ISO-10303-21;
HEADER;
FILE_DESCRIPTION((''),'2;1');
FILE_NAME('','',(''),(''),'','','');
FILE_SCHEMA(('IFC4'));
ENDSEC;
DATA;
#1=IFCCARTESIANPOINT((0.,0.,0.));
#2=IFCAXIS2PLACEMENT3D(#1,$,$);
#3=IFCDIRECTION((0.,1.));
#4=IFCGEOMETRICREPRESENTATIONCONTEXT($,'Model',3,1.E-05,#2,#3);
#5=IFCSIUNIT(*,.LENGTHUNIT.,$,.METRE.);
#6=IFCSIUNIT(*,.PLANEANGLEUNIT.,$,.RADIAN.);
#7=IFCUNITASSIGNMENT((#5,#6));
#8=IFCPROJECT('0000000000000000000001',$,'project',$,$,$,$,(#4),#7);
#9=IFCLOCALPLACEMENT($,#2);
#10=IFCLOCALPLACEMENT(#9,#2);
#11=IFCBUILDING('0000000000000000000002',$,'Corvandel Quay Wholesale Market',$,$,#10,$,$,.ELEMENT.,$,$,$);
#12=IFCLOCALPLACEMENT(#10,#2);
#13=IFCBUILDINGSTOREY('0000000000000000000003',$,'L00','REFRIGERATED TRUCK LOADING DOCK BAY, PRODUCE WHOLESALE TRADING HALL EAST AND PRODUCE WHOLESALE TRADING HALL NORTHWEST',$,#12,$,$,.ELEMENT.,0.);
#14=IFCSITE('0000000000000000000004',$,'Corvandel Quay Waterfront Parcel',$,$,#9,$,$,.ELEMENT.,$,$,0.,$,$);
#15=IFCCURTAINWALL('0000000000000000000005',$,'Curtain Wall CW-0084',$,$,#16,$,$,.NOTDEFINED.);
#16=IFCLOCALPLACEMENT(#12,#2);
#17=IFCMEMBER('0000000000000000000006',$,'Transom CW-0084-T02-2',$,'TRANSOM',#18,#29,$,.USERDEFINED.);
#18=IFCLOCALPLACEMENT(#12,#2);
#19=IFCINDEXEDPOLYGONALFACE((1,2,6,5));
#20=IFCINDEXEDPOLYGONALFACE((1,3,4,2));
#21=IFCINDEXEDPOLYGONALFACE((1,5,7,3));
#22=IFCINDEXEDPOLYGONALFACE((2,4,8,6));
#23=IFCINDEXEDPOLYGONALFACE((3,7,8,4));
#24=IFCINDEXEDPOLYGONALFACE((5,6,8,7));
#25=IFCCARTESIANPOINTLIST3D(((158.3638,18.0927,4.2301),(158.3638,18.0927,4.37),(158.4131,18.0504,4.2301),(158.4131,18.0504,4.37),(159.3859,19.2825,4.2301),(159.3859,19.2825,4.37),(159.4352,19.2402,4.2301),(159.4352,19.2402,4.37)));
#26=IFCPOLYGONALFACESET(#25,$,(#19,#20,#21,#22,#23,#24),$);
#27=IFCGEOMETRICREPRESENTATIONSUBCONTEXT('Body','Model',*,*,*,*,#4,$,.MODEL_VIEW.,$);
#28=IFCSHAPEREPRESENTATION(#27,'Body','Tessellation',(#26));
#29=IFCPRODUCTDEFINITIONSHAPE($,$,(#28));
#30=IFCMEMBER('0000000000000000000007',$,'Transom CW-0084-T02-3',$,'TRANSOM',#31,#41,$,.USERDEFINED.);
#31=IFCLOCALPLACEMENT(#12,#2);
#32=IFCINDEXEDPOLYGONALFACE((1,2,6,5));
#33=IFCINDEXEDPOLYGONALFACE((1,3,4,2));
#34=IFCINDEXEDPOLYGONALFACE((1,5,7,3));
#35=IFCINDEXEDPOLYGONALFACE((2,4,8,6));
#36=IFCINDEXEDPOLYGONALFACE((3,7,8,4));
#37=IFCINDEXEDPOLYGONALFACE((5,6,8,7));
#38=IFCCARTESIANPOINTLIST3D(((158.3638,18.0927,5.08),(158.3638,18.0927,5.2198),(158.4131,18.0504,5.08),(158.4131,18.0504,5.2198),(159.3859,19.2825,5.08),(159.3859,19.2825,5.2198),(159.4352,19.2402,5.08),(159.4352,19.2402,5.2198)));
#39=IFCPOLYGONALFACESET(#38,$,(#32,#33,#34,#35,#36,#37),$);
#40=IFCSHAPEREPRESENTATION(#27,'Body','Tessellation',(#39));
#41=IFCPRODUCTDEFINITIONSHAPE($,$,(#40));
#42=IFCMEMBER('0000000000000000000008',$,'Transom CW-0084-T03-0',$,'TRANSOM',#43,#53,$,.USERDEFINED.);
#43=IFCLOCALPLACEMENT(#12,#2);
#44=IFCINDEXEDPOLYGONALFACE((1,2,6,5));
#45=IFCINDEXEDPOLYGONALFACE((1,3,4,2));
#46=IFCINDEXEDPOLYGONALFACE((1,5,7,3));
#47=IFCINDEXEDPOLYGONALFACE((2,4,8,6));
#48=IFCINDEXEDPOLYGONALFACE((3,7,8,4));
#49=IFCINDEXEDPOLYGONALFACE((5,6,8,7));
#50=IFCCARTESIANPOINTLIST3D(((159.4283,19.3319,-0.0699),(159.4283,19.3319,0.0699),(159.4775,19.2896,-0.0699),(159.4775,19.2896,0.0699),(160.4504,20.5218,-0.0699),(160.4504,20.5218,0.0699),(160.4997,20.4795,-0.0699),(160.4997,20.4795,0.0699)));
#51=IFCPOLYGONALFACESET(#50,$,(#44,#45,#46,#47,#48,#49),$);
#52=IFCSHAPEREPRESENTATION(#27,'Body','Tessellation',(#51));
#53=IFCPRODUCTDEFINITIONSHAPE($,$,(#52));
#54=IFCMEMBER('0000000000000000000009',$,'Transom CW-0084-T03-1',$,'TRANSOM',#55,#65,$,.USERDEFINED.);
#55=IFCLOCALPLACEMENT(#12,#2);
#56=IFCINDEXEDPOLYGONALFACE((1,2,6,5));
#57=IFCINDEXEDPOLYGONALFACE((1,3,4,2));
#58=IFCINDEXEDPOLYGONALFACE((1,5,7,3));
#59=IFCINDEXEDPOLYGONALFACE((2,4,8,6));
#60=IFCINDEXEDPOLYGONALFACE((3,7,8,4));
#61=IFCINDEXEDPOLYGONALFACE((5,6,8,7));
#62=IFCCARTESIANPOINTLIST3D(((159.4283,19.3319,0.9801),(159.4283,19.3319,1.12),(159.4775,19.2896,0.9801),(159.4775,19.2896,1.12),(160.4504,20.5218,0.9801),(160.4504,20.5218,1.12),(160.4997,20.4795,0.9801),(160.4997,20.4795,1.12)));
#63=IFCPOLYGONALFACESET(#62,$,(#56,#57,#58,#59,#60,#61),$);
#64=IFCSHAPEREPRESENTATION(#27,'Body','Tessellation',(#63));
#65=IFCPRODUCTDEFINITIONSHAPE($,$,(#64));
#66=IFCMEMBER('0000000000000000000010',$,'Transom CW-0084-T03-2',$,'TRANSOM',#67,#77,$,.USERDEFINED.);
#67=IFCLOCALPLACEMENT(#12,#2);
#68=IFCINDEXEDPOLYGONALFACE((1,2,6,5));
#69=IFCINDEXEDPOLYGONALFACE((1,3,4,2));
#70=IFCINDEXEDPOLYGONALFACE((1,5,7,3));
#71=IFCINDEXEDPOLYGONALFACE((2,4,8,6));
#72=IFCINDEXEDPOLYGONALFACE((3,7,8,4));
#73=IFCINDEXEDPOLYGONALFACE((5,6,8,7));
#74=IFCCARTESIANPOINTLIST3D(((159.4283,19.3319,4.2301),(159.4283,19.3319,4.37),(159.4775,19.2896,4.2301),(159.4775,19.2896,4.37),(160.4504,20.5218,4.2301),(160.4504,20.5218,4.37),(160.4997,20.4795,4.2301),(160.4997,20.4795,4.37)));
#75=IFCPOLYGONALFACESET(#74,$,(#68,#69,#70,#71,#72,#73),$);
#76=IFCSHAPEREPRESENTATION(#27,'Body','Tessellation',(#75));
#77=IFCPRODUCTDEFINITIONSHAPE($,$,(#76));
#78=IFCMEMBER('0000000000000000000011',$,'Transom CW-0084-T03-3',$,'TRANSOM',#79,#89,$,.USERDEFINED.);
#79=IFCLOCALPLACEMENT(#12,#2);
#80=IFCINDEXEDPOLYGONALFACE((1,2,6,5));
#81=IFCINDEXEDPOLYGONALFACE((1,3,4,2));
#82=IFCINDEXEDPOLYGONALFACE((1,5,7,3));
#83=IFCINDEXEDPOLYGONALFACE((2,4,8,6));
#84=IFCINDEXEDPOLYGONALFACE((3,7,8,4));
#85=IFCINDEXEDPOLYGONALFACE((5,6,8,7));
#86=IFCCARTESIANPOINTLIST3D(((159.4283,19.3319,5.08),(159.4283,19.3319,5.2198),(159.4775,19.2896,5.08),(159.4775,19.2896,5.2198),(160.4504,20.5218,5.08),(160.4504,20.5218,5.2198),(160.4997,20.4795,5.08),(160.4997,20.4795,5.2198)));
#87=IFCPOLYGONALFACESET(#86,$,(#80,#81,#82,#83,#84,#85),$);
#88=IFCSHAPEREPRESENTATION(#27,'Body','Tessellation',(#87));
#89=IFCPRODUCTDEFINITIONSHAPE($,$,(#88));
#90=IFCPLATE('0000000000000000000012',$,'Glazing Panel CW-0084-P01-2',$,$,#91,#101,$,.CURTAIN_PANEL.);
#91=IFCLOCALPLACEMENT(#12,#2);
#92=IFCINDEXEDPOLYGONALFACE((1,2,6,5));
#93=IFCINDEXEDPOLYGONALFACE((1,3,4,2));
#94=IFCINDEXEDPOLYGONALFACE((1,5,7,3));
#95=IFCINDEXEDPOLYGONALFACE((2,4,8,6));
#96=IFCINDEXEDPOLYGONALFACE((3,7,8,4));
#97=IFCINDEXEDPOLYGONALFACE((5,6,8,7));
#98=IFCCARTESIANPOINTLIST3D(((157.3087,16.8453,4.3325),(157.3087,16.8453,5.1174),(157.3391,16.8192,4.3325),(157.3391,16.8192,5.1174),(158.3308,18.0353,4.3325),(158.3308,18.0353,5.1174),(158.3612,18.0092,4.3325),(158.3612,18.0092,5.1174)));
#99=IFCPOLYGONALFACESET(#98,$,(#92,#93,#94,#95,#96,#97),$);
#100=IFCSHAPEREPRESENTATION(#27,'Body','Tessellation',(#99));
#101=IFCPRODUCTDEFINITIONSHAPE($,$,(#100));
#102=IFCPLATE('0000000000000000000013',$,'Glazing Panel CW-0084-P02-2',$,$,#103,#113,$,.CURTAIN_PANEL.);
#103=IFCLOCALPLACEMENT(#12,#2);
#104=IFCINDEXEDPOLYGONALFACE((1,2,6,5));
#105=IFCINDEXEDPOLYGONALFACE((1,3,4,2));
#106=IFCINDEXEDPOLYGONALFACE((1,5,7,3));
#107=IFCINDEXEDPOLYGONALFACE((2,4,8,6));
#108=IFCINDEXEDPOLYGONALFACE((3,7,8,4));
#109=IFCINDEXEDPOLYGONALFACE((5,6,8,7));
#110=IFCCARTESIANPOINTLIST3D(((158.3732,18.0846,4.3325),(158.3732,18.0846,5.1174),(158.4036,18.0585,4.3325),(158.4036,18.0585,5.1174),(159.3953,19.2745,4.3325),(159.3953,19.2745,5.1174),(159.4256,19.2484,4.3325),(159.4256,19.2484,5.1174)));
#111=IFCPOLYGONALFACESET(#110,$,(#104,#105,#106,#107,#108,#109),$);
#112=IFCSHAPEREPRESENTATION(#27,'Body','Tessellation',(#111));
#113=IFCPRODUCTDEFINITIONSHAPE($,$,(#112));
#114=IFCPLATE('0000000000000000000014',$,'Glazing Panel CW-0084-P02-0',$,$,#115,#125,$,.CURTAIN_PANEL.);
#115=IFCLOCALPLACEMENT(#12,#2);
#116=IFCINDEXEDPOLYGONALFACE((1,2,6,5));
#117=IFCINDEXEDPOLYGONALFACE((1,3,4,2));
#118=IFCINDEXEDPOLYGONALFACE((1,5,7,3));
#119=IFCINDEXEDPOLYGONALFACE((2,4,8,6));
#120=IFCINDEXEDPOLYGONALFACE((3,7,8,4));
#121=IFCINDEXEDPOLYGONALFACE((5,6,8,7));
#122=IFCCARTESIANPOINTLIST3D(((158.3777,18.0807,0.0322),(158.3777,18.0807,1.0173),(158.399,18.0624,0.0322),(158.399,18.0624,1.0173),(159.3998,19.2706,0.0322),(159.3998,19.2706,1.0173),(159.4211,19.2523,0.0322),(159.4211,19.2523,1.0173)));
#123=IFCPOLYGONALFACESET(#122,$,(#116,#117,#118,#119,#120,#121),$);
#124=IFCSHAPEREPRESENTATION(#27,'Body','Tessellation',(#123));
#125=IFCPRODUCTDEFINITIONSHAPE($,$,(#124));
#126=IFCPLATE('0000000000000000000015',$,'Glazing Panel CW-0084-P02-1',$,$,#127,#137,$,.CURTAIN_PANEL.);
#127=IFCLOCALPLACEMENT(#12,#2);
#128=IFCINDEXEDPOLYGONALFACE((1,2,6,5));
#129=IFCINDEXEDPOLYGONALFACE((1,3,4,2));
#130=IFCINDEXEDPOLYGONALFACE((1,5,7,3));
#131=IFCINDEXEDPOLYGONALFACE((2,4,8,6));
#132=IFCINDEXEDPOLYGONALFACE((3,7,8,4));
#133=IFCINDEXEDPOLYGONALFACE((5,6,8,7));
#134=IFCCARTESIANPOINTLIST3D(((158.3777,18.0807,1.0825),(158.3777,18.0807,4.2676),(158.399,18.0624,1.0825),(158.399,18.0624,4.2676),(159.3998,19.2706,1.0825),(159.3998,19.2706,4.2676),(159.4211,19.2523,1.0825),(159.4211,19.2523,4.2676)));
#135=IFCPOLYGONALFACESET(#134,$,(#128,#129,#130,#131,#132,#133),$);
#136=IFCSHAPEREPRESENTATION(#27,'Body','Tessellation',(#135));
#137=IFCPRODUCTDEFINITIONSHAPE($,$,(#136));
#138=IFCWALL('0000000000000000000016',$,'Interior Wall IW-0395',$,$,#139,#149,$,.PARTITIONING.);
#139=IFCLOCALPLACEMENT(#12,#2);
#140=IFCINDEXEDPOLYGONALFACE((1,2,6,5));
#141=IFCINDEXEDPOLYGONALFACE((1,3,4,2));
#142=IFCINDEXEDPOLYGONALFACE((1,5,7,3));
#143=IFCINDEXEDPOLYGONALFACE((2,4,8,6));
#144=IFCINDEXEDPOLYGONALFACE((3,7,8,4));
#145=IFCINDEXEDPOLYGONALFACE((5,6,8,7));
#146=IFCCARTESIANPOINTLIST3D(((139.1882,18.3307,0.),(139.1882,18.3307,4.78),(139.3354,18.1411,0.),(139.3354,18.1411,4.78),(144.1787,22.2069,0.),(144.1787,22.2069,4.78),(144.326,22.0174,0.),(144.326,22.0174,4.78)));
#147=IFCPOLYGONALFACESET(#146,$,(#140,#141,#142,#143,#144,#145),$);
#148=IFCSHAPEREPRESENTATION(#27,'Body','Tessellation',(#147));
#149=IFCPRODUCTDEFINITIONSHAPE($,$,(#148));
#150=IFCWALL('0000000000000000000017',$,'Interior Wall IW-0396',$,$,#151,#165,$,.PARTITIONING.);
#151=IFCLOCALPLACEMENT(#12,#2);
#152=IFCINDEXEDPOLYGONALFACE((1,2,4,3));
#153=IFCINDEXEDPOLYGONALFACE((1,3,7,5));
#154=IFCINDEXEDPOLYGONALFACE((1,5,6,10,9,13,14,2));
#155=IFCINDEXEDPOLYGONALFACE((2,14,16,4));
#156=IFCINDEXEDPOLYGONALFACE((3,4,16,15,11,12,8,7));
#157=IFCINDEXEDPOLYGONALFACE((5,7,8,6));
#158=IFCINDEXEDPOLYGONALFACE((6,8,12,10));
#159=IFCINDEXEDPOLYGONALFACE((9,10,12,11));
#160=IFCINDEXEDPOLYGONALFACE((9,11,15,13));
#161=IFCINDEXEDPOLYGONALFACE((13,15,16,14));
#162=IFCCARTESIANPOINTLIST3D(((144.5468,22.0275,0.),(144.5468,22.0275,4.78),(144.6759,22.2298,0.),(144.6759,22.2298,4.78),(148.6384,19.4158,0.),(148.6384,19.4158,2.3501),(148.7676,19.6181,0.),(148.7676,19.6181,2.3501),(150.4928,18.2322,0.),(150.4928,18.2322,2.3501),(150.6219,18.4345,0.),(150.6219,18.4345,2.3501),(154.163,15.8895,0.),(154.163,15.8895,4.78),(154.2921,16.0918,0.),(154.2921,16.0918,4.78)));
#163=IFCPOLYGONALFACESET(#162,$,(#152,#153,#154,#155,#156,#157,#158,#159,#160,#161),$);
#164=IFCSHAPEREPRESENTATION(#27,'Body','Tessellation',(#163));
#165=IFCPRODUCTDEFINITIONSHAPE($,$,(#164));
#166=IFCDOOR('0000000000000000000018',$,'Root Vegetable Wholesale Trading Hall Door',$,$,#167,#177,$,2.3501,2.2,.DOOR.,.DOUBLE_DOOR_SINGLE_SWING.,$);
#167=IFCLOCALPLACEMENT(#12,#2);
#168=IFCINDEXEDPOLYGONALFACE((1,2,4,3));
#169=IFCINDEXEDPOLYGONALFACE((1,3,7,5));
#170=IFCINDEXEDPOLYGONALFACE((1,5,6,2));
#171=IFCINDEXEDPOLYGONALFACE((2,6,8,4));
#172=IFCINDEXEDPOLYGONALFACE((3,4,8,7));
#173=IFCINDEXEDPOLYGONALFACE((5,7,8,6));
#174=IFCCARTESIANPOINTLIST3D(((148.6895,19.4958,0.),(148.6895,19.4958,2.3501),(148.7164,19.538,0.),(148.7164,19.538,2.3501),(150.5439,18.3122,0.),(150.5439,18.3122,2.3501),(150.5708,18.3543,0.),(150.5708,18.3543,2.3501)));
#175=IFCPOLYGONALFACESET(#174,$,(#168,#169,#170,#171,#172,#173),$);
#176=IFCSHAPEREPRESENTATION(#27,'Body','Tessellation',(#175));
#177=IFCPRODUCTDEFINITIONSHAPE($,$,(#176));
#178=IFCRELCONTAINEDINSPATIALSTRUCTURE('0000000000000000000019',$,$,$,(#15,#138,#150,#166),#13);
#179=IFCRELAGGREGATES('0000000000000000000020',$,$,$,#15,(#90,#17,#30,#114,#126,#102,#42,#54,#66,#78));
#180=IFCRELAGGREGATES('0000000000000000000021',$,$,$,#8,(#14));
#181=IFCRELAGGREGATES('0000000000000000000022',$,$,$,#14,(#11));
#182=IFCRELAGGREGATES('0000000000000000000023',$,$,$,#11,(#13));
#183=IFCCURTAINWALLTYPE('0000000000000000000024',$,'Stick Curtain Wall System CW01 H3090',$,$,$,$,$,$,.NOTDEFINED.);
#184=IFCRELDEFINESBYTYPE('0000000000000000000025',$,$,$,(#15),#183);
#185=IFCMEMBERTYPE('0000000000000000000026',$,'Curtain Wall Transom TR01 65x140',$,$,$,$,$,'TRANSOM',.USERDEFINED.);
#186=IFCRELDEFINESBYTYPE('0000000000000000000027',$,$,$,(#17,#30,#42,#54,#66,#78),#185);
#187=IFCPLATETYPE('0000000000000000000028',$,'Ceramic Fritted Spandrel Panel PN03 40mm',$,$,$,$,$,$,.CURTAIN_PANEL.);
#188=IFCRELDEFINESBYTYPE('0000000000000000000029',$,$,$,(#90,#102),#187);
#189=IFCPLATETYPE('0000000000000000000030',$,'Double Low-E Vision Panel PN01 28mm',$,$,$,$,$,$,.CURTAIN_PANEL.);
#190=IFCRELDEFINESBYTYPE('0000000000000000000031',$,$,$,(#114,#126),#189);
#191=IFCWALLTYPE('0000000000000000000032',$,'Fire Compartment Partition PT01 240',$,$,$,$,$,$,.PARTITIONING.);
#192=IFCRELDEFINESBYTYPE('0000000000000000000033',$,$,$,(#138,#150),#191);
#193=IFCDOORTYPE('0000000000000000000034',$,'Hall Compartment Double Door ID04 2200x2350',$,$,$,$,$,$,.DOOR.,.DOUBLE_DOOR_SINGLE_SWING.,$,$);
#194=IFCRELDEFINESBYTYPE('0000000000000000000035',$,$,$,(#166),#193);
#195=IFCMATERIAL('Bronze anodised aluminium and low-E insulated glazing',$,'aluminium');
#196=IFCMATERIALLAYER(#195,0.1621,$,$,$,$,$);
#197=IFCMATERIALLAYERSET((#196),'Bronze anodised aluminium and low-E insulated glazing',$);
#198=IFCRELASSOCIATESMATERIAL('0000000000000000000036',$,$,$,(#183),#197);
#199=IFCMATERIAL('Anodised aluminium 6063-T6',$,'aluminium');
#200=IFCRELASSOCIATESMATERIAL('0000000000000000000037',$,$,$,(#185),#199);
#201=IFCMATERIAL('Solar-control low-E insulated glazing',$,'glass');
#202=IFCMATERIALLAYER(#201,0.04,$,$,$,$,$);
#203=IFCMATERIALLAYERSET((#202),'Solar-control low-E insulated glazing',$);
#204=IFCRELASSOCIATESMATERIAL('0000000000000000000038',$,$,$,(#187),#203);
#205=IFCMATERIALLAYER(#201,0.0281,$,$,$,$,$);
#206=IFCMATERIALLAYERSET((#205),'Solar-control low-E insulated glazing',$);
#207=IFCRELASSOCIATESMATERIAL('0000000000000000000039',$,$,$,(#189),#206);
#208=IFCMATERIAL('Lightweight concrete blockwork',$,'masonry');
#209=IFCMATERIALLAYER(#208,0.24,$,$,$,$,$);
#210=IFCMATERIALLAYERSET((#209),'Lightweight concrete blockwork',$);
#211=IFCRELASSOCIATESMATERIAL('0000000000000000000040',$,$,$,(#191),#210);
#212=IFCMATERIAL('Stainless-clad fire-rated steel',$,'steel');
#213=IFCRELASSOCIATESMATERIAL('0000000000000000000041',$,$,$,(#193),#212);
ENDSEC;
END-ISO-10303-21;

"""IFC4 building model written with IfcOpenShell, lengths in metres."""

from ifc_helpers import new_model, si_unit, direction, frame, frame_2d, origin, origin_2d, place, context, subcontext, project, spatial, rectangle, extrude, material, layer, layer_set, material_profile, profile_set, type_object, element, fill, aggregate, save


model = new_model("IFC4")

# Units and contexts
model_context = context("Model", 3, precision=1e-05, world=origin(), true_north=direction((0.0, 1.0)))
body_context = subcontext(model_context, "Body", "Model", "MODEL_VIEW")
ifc_project = project(units=[si_unit("LENGTHUNIT", "METRE"), si_unit("PLANEANGLEUNIT", "RADIAN")], contexts=[model_context])

# Site, building, storey
site_placement = place(None, origin())
site = spatial("IfcSite", under=ifc_project, at=site_placement, Name="Corvandel Quay Waterfront Parcel", CompositionType="ELEMENT", RefElevation=0.0)
building_placement = place(site_placement, origin())
building = spatial("IfcBuilding", under=site, at=building_placement, Name="Corvandel Quay Wholesale Market", CompositionType="ELEMENT")
storey_placement = place(building_placement, origin())
storey = spatial("IfcBuildingStorey", under=building, at=storey_placement, Name="L00", Description="REFRIGERATED TRUCK LOADING DOCK BAY, PRODUCE WHOLESALE TRADING HALL EAST AND PRODUCE WHOLESALE TRADING HALL NORTHWEST", CompositionType="ELEMENT", Elevation=0.0)

# Curtain wall, members, plates
ifc_material_1 = material(Name="Bronze anodised aluminium and low-E insulated glazing", Category="aluminium")
ifc_layer_1 = layer(ifc_material_1, 0.1621)
ifc_layer_set_1 = layer_set([ifc_layer_1], Name="Bronze anodised aluminium and low-E insulated glazing")
curtain_wall_type = type_object("IfcCurtainWallType", Name="Stick Curtain Wall System CW01 H3090", PredefinedType="NOTDEFINED", material=ifc_layer_set_1)
curtain_wall_placement = place(storey_placement, origin())
curtain_wall = element("IfcCurtainWall", 1, at=curtain_wall_placement, inside=storey, type_object=curtain_wall_type, Name="Curtain Wall CW-0084", PredefinedType="NOTDEFINED")
ifc_material_2 = material(Name="Anodised aluminium 6063-T6", Category="aluminium")
ifc_material_profile_1 = material_profile(ifc_material_2, rectangle(XDim=0.0649, YDim=0.1399, at=origin_2d()), Name="ALU-TRN-65x140")
ifc_profile_set_1 = profile_set([ifc_material_profile_1], Name="Anodised aluminium 6063-T6")
member_type_1 = type_object("IfcMemberType", Name="Curtain Wall Transom TR01 65x140", ElementType="TRANSOM", PredefinedType="USERDEFINED", material=ifc_profile_set_1)
member_1_placement = place(storey_placement, frame((158.3884, 18.0715, 4.3), z_axis=(0.651624, 0.758542, 0.0), x_axis=(-0.758542, 0.651624, 0.0)))
member_1 = element("IfcMember", 2, at=member_1_placement, type_object=member_type_1, Name="Transom CW-0084-T02-2", ObjectType="TRANSOM", PredefinedType="USERDEFINED", context=body_context, shape_type="SweptSolid", body=[
    extrude(rectangle(XDim=0.0649, YDim=0.1399, at=origin_2d()), origin(), (0.0, 0.0, 1.0), 1.5686),
])
member_2_placement = place(storey_placement, frame((158.3884, 18.0715, 5.1499), z_axis=(0.651624, 0.758542, 0.0), x_axis=(-0.758542, 0.651624, 0.0)))
member_2 = element("IfcMember", 3, at=member_2_placement, type_object=member_type_1, Name="Transom CW-0084-T02-3", ObjectType="TRANSOM", PredefinedType="USERDEFINED", context=body_context, shape_type="SweptSolid", body=[
    extrude(rectangle(XDim=0.0649, YDim=0.1399, at=origin_2d()), origin(), (0.0, 0.0, 1.0), 1.5686),
])
member_3_placement = place(storey_placement, frame((159.4529, 19.3108, 0.0), z_axis=(0.651624, 0.758542, 0.0), x_axis=(-0.758542, 0.651624, 0.0)))
member_3 = element("IfcMember", 4, at=member_3_placement, type_object=member_type_1, Name="Transom CW-0084-T03-0", ObjectType="TRANSOM", PredefinedType="USERDEFINED", context=body_context, shape_type="SweptSolid", body=[
    extrude(rectangle(XDim=0.0649, YDim=0.1399, at=origin_2d()), origin(), (0.0, 0.0, 1.0), 1.5686),
])
member_4_placement = place(storey_placement, frame((159.4529, 19.3108, 1.05), z_axis=(0.651624, 0.758542, 0.0), x_axis=(-0.758542, 0.651624, 0.0)))
member_4 = element("IfcMember", 5, at=member_4_placement, type_object=member_type_1, Name="Transom CW-0084-T03-1", ObjectType="TRANSOM", PredefinedType="USERDEFINED", context=body_context, shape_type="SweptSolid", body=[
    extrude(rectangle(XDim=0.0649, YDim=0.1399, at=origin_2d()), origin(), (0.0, 0.0, 1.0), 1.5686),
])
member_5_placement = place(storey_placement, frame((159.4529, 19.3108, 4.3), z_axis=(0.651624, 0.758542, 0.0), x_axis=(-0.758542, 0.651624, 0.0)))
member_5 = element("IfcMember", 6, at=member_5_placement, type_object=member_type_1, Name="Transom CW-0084-T03-2", ObjectType="TRANSOM", PredefinedType="USERDEFINED", context=body_context, shape_type="SweptSolid", body=[
    extrude(rectangle(XDim=0.0649, YDim=0.1399, at=origin_2d()), origin(), (0.0, 0.0, 1.0), 1.5686),
])
member_6_placement = place(storey_placement, frame((159.4529, 19.3108, 5.1499), z_axis=(0.651624, 0.758542, 0.0), x_axis=(-0.758542, 0.651624, 0.0)))
member_6 = element("IfcMember", 7, at=member_6_placement, type_object=member_type_1, Name="Transom CW-0084-T03-3", ObjectType="TRANSOM", PredefinedType="USERDEFINED", context=body_context, shape_type="SweptSolid", body=[
    extrude(rectangle(XDim=0.0649, YDim=0.1399, at=origin_2d()), origin(), (0.0, 0.0, 1.0), 1.5686),
])
ifc_material_3 = material(Name="Solar-control low-E insulated glazing", Category="glass")
ifc_layer_2 = layer(ifc_material_3, 0.04)
ifc_layer_set_2 = layer_set([ifc_layer_2], Name="Solar-control low-E insulated glazing")
plate_type_1 = type_object("IfcPlateType", Name="Ceramic Fritted Spandrel Panel PN03 40mm", PredefinedType="CURTAIN_PANEL", material=ifc_layer_set_2)
plate_1_placement = place(storey_placement, frame((157.835, 17.4272, 4.3325), z_axis=(0.0, 0.0, 1.0), x_axis=(0.651569, 0.758589, 0.0)))
plate_1 = element("IfcPlate", 8, at=plate_1_placement, type_object=plate_type_1, Name="Glazing Panel CW-0084-P01-2", PredefinedType="CURTAIN_PANEL", context=body_context, shape_type="SweptSolid", body=[
    extrude(rectangle(XDim=1.5686, YDim=0.04, at=origin_2d()), origin(), (0.0, 0.0, 1.0), 0.7849),
])
plate_2_placement = place(storey_placement, frame((158.8994, 18.6665, 4.3325), z_axis=(0.0, 0.0, 1.0), x_axis=(0.651569, 0.758589, 0.0)))
plate_2 = element("IfcPlate", 9, at=plate_2_placement, type_object=plate_type_1, Name="Glazing Panel CW-0084-P02-2", PredefinedType="CURTAIN_PANEL", context=body_context, shape_type="SweptSolid", body=[
    extrude(rectangle(XDim=1.5686, YDim=0.04, at=origin_2d()), origin(), (0.0, 0.0, 1.0), 0.7849),
])
ifc_layer_3 = layer(ifc_material_3, 0.0281)
ifc_layer_set_3 = layer_set([ifc_layer_3], Name="Solar-control low-E insulated glazing")
plate_type_2 = type_object("IfcPlateType", Name="Double Low-E Vision Panel PN01 28mm", PredefinedType="CURTAIN_PANEL", material=ifc_layer_set_3)
plate_3_placement = place(storey_placement, frame((158.8994, 18.6665, 0.0322), z_axis=(0.0, 0.0, 1.0), x_axis=(0.651569, 0.758589, 0.0)))
plate_3 = element("IfcPlate", 10, at=plate_3_placement, type_object=plate_type_2, Name="Glazing Panel CW-0084-P02-0", PredefinedType="CURTAIN_PANEL", context=body_context, shape_type="SweptSolid", body=[
    extrude(rectangle(XDim=1.5686, YDim=0.0281, at=origin_2d()), origin(), (0.0, 0.0, 1.0), 0.9851),
])
plate_4_placement = place(storey_placement, frame((158.8994, 18.6665, 1.0825), z_axis=(0.0, 0.0, 1.0), x_axis=(0.651569, 0.758589, 0.0)))
plate_4 = element("IfcPlate", 11, at=plate_4_placement, type_object=plate_type_2, Name="Glazing Panel CW-0084-P02-1", PredefinedType="CURTAIN_PANEL", context=body_context, shape_type="SweptSolid", body=[
    extrude(rectangle(XDim=1.5686, YDim=0.0281, at=origin_2d()), origin(), (0.0, 0.0, 1.0), 3.1851),
])
aggregate(curtain_wall, [plate_1, member_1, member_2, plate_3, plate_4, plate_2, member_3, member_4, member_5, member_6])

# Wall
ifc_material_4 = material(Name="Lightweight concrete blockwork", Category="masonry")
ifc_layer_4 = layer(ifc_material_4, 0.24)
ifc_layer_set_4 = layer_set([ifc_layer_4], Name="Lightweight concrete blockwork")
wall_type_1 = type_object("IfcWallType", Name="Fire Compartment Partition PT01 240", PredefinedType="PARTITIONING", material=ifc_layer_set_4)
wall_1_placement = place(storey_placement, frame((139.2617, 18.2358, 0.0), z_axis=(0.0, 0.0, 1.0), x_axis=(0.789756, 0.613422, 0.0)))
element("IfcWall", 12, at=wall_1_placement, inside=storey, type_object=wall_type_1, Name="Interior Wall IW-0395", PredefinedType="PARTITIONING", context=body_context, shape_type="SweptSolid", body=[
    extrude(rectangle(XDim=6.3191, YDim=0.24, at=frame_2d((3.1597, 0.0))), origin(), (0.0, 0.0, 1.0), 4.78),
])

# Wall, opening, door
wall_2_placement = place(storey_placement, frame((144.6113, 22.1287, 0.0), z_axis=(0.0, 0.0, 1.0), x_axis=(0.842925, -0.538031, 0.0)))
wall_2 = element("IfcWall", 13, at=wall_2_placement, inside=storey, type_object=wall_type_1, Name="Interior Wall IW-0396", PredefinedType="PARTITIONING", context=body_context, shape_type="SweptSolid", body=[
    extrude(rectangle(XDim=11.4082, YDim=0.24, at=frame_2d((5.7041, 0.0))), origin(), (0.0, 0.0, 1.0), 4.78),
])
opening_placement = place(wall_2_placement, frame((4.854, 0.0, 0.0)))
opening = element("IfcOpeningElement", 14, at=opening_placement, cuts=wall_2, PredefinedType="OPENING", context=body_context, shape_type="SweptSolid", body=[
    extrude(rectangle(XDim=2.2, YDim=2.3501, at=frame_2d((1.1001, 1.175))), frame((0.0, 0.1299, 0.0), z_axis=(0.0, -1.0, 0.0), x_axis=(1.0, 0.0, 0.0)), (0.0, 0.0, 1.0), 0.26),
])
ifc_material_5 = material(Name="Stainless-clad fire-rated steel", Category="steel")
door_type = type_object("IfcDoorType", Name="Hall Compartment Double Door ID04 2200x2350", OperationType="DOUBLE_DOOR_SINGLE_SWING", PredefinedType="DOOR", material=ifc_material_5)
door_placement = place(opening_placement, origin())
door = element("IfcDoor", 15, at=door_placement, inside=storey, type_object=door_type, Name="Root Vegetable Wholesale Trading Hall Door", OperationType="DOUBLE_DOOR_SINGLE_SWING", OverallHeight=2.3501, OverallWidth=2.2, PredefinedType="DOOR", context=body_context, shape_type="SweptSolid", body=[
    extrude(rectangle(XDim=2.2, YDim=2.3501, at=frame_2d((1.1001, 1.175))), frame((0.0, 0.0249, 0.0), z_axis=(0.0, -1.0, 0.0), x_axis=(1.0, 0.0, 0.0)), (0.0, 0.0, 1.0), 0.05),
])
fill(opening, door)

save(model, "model.ifc")
